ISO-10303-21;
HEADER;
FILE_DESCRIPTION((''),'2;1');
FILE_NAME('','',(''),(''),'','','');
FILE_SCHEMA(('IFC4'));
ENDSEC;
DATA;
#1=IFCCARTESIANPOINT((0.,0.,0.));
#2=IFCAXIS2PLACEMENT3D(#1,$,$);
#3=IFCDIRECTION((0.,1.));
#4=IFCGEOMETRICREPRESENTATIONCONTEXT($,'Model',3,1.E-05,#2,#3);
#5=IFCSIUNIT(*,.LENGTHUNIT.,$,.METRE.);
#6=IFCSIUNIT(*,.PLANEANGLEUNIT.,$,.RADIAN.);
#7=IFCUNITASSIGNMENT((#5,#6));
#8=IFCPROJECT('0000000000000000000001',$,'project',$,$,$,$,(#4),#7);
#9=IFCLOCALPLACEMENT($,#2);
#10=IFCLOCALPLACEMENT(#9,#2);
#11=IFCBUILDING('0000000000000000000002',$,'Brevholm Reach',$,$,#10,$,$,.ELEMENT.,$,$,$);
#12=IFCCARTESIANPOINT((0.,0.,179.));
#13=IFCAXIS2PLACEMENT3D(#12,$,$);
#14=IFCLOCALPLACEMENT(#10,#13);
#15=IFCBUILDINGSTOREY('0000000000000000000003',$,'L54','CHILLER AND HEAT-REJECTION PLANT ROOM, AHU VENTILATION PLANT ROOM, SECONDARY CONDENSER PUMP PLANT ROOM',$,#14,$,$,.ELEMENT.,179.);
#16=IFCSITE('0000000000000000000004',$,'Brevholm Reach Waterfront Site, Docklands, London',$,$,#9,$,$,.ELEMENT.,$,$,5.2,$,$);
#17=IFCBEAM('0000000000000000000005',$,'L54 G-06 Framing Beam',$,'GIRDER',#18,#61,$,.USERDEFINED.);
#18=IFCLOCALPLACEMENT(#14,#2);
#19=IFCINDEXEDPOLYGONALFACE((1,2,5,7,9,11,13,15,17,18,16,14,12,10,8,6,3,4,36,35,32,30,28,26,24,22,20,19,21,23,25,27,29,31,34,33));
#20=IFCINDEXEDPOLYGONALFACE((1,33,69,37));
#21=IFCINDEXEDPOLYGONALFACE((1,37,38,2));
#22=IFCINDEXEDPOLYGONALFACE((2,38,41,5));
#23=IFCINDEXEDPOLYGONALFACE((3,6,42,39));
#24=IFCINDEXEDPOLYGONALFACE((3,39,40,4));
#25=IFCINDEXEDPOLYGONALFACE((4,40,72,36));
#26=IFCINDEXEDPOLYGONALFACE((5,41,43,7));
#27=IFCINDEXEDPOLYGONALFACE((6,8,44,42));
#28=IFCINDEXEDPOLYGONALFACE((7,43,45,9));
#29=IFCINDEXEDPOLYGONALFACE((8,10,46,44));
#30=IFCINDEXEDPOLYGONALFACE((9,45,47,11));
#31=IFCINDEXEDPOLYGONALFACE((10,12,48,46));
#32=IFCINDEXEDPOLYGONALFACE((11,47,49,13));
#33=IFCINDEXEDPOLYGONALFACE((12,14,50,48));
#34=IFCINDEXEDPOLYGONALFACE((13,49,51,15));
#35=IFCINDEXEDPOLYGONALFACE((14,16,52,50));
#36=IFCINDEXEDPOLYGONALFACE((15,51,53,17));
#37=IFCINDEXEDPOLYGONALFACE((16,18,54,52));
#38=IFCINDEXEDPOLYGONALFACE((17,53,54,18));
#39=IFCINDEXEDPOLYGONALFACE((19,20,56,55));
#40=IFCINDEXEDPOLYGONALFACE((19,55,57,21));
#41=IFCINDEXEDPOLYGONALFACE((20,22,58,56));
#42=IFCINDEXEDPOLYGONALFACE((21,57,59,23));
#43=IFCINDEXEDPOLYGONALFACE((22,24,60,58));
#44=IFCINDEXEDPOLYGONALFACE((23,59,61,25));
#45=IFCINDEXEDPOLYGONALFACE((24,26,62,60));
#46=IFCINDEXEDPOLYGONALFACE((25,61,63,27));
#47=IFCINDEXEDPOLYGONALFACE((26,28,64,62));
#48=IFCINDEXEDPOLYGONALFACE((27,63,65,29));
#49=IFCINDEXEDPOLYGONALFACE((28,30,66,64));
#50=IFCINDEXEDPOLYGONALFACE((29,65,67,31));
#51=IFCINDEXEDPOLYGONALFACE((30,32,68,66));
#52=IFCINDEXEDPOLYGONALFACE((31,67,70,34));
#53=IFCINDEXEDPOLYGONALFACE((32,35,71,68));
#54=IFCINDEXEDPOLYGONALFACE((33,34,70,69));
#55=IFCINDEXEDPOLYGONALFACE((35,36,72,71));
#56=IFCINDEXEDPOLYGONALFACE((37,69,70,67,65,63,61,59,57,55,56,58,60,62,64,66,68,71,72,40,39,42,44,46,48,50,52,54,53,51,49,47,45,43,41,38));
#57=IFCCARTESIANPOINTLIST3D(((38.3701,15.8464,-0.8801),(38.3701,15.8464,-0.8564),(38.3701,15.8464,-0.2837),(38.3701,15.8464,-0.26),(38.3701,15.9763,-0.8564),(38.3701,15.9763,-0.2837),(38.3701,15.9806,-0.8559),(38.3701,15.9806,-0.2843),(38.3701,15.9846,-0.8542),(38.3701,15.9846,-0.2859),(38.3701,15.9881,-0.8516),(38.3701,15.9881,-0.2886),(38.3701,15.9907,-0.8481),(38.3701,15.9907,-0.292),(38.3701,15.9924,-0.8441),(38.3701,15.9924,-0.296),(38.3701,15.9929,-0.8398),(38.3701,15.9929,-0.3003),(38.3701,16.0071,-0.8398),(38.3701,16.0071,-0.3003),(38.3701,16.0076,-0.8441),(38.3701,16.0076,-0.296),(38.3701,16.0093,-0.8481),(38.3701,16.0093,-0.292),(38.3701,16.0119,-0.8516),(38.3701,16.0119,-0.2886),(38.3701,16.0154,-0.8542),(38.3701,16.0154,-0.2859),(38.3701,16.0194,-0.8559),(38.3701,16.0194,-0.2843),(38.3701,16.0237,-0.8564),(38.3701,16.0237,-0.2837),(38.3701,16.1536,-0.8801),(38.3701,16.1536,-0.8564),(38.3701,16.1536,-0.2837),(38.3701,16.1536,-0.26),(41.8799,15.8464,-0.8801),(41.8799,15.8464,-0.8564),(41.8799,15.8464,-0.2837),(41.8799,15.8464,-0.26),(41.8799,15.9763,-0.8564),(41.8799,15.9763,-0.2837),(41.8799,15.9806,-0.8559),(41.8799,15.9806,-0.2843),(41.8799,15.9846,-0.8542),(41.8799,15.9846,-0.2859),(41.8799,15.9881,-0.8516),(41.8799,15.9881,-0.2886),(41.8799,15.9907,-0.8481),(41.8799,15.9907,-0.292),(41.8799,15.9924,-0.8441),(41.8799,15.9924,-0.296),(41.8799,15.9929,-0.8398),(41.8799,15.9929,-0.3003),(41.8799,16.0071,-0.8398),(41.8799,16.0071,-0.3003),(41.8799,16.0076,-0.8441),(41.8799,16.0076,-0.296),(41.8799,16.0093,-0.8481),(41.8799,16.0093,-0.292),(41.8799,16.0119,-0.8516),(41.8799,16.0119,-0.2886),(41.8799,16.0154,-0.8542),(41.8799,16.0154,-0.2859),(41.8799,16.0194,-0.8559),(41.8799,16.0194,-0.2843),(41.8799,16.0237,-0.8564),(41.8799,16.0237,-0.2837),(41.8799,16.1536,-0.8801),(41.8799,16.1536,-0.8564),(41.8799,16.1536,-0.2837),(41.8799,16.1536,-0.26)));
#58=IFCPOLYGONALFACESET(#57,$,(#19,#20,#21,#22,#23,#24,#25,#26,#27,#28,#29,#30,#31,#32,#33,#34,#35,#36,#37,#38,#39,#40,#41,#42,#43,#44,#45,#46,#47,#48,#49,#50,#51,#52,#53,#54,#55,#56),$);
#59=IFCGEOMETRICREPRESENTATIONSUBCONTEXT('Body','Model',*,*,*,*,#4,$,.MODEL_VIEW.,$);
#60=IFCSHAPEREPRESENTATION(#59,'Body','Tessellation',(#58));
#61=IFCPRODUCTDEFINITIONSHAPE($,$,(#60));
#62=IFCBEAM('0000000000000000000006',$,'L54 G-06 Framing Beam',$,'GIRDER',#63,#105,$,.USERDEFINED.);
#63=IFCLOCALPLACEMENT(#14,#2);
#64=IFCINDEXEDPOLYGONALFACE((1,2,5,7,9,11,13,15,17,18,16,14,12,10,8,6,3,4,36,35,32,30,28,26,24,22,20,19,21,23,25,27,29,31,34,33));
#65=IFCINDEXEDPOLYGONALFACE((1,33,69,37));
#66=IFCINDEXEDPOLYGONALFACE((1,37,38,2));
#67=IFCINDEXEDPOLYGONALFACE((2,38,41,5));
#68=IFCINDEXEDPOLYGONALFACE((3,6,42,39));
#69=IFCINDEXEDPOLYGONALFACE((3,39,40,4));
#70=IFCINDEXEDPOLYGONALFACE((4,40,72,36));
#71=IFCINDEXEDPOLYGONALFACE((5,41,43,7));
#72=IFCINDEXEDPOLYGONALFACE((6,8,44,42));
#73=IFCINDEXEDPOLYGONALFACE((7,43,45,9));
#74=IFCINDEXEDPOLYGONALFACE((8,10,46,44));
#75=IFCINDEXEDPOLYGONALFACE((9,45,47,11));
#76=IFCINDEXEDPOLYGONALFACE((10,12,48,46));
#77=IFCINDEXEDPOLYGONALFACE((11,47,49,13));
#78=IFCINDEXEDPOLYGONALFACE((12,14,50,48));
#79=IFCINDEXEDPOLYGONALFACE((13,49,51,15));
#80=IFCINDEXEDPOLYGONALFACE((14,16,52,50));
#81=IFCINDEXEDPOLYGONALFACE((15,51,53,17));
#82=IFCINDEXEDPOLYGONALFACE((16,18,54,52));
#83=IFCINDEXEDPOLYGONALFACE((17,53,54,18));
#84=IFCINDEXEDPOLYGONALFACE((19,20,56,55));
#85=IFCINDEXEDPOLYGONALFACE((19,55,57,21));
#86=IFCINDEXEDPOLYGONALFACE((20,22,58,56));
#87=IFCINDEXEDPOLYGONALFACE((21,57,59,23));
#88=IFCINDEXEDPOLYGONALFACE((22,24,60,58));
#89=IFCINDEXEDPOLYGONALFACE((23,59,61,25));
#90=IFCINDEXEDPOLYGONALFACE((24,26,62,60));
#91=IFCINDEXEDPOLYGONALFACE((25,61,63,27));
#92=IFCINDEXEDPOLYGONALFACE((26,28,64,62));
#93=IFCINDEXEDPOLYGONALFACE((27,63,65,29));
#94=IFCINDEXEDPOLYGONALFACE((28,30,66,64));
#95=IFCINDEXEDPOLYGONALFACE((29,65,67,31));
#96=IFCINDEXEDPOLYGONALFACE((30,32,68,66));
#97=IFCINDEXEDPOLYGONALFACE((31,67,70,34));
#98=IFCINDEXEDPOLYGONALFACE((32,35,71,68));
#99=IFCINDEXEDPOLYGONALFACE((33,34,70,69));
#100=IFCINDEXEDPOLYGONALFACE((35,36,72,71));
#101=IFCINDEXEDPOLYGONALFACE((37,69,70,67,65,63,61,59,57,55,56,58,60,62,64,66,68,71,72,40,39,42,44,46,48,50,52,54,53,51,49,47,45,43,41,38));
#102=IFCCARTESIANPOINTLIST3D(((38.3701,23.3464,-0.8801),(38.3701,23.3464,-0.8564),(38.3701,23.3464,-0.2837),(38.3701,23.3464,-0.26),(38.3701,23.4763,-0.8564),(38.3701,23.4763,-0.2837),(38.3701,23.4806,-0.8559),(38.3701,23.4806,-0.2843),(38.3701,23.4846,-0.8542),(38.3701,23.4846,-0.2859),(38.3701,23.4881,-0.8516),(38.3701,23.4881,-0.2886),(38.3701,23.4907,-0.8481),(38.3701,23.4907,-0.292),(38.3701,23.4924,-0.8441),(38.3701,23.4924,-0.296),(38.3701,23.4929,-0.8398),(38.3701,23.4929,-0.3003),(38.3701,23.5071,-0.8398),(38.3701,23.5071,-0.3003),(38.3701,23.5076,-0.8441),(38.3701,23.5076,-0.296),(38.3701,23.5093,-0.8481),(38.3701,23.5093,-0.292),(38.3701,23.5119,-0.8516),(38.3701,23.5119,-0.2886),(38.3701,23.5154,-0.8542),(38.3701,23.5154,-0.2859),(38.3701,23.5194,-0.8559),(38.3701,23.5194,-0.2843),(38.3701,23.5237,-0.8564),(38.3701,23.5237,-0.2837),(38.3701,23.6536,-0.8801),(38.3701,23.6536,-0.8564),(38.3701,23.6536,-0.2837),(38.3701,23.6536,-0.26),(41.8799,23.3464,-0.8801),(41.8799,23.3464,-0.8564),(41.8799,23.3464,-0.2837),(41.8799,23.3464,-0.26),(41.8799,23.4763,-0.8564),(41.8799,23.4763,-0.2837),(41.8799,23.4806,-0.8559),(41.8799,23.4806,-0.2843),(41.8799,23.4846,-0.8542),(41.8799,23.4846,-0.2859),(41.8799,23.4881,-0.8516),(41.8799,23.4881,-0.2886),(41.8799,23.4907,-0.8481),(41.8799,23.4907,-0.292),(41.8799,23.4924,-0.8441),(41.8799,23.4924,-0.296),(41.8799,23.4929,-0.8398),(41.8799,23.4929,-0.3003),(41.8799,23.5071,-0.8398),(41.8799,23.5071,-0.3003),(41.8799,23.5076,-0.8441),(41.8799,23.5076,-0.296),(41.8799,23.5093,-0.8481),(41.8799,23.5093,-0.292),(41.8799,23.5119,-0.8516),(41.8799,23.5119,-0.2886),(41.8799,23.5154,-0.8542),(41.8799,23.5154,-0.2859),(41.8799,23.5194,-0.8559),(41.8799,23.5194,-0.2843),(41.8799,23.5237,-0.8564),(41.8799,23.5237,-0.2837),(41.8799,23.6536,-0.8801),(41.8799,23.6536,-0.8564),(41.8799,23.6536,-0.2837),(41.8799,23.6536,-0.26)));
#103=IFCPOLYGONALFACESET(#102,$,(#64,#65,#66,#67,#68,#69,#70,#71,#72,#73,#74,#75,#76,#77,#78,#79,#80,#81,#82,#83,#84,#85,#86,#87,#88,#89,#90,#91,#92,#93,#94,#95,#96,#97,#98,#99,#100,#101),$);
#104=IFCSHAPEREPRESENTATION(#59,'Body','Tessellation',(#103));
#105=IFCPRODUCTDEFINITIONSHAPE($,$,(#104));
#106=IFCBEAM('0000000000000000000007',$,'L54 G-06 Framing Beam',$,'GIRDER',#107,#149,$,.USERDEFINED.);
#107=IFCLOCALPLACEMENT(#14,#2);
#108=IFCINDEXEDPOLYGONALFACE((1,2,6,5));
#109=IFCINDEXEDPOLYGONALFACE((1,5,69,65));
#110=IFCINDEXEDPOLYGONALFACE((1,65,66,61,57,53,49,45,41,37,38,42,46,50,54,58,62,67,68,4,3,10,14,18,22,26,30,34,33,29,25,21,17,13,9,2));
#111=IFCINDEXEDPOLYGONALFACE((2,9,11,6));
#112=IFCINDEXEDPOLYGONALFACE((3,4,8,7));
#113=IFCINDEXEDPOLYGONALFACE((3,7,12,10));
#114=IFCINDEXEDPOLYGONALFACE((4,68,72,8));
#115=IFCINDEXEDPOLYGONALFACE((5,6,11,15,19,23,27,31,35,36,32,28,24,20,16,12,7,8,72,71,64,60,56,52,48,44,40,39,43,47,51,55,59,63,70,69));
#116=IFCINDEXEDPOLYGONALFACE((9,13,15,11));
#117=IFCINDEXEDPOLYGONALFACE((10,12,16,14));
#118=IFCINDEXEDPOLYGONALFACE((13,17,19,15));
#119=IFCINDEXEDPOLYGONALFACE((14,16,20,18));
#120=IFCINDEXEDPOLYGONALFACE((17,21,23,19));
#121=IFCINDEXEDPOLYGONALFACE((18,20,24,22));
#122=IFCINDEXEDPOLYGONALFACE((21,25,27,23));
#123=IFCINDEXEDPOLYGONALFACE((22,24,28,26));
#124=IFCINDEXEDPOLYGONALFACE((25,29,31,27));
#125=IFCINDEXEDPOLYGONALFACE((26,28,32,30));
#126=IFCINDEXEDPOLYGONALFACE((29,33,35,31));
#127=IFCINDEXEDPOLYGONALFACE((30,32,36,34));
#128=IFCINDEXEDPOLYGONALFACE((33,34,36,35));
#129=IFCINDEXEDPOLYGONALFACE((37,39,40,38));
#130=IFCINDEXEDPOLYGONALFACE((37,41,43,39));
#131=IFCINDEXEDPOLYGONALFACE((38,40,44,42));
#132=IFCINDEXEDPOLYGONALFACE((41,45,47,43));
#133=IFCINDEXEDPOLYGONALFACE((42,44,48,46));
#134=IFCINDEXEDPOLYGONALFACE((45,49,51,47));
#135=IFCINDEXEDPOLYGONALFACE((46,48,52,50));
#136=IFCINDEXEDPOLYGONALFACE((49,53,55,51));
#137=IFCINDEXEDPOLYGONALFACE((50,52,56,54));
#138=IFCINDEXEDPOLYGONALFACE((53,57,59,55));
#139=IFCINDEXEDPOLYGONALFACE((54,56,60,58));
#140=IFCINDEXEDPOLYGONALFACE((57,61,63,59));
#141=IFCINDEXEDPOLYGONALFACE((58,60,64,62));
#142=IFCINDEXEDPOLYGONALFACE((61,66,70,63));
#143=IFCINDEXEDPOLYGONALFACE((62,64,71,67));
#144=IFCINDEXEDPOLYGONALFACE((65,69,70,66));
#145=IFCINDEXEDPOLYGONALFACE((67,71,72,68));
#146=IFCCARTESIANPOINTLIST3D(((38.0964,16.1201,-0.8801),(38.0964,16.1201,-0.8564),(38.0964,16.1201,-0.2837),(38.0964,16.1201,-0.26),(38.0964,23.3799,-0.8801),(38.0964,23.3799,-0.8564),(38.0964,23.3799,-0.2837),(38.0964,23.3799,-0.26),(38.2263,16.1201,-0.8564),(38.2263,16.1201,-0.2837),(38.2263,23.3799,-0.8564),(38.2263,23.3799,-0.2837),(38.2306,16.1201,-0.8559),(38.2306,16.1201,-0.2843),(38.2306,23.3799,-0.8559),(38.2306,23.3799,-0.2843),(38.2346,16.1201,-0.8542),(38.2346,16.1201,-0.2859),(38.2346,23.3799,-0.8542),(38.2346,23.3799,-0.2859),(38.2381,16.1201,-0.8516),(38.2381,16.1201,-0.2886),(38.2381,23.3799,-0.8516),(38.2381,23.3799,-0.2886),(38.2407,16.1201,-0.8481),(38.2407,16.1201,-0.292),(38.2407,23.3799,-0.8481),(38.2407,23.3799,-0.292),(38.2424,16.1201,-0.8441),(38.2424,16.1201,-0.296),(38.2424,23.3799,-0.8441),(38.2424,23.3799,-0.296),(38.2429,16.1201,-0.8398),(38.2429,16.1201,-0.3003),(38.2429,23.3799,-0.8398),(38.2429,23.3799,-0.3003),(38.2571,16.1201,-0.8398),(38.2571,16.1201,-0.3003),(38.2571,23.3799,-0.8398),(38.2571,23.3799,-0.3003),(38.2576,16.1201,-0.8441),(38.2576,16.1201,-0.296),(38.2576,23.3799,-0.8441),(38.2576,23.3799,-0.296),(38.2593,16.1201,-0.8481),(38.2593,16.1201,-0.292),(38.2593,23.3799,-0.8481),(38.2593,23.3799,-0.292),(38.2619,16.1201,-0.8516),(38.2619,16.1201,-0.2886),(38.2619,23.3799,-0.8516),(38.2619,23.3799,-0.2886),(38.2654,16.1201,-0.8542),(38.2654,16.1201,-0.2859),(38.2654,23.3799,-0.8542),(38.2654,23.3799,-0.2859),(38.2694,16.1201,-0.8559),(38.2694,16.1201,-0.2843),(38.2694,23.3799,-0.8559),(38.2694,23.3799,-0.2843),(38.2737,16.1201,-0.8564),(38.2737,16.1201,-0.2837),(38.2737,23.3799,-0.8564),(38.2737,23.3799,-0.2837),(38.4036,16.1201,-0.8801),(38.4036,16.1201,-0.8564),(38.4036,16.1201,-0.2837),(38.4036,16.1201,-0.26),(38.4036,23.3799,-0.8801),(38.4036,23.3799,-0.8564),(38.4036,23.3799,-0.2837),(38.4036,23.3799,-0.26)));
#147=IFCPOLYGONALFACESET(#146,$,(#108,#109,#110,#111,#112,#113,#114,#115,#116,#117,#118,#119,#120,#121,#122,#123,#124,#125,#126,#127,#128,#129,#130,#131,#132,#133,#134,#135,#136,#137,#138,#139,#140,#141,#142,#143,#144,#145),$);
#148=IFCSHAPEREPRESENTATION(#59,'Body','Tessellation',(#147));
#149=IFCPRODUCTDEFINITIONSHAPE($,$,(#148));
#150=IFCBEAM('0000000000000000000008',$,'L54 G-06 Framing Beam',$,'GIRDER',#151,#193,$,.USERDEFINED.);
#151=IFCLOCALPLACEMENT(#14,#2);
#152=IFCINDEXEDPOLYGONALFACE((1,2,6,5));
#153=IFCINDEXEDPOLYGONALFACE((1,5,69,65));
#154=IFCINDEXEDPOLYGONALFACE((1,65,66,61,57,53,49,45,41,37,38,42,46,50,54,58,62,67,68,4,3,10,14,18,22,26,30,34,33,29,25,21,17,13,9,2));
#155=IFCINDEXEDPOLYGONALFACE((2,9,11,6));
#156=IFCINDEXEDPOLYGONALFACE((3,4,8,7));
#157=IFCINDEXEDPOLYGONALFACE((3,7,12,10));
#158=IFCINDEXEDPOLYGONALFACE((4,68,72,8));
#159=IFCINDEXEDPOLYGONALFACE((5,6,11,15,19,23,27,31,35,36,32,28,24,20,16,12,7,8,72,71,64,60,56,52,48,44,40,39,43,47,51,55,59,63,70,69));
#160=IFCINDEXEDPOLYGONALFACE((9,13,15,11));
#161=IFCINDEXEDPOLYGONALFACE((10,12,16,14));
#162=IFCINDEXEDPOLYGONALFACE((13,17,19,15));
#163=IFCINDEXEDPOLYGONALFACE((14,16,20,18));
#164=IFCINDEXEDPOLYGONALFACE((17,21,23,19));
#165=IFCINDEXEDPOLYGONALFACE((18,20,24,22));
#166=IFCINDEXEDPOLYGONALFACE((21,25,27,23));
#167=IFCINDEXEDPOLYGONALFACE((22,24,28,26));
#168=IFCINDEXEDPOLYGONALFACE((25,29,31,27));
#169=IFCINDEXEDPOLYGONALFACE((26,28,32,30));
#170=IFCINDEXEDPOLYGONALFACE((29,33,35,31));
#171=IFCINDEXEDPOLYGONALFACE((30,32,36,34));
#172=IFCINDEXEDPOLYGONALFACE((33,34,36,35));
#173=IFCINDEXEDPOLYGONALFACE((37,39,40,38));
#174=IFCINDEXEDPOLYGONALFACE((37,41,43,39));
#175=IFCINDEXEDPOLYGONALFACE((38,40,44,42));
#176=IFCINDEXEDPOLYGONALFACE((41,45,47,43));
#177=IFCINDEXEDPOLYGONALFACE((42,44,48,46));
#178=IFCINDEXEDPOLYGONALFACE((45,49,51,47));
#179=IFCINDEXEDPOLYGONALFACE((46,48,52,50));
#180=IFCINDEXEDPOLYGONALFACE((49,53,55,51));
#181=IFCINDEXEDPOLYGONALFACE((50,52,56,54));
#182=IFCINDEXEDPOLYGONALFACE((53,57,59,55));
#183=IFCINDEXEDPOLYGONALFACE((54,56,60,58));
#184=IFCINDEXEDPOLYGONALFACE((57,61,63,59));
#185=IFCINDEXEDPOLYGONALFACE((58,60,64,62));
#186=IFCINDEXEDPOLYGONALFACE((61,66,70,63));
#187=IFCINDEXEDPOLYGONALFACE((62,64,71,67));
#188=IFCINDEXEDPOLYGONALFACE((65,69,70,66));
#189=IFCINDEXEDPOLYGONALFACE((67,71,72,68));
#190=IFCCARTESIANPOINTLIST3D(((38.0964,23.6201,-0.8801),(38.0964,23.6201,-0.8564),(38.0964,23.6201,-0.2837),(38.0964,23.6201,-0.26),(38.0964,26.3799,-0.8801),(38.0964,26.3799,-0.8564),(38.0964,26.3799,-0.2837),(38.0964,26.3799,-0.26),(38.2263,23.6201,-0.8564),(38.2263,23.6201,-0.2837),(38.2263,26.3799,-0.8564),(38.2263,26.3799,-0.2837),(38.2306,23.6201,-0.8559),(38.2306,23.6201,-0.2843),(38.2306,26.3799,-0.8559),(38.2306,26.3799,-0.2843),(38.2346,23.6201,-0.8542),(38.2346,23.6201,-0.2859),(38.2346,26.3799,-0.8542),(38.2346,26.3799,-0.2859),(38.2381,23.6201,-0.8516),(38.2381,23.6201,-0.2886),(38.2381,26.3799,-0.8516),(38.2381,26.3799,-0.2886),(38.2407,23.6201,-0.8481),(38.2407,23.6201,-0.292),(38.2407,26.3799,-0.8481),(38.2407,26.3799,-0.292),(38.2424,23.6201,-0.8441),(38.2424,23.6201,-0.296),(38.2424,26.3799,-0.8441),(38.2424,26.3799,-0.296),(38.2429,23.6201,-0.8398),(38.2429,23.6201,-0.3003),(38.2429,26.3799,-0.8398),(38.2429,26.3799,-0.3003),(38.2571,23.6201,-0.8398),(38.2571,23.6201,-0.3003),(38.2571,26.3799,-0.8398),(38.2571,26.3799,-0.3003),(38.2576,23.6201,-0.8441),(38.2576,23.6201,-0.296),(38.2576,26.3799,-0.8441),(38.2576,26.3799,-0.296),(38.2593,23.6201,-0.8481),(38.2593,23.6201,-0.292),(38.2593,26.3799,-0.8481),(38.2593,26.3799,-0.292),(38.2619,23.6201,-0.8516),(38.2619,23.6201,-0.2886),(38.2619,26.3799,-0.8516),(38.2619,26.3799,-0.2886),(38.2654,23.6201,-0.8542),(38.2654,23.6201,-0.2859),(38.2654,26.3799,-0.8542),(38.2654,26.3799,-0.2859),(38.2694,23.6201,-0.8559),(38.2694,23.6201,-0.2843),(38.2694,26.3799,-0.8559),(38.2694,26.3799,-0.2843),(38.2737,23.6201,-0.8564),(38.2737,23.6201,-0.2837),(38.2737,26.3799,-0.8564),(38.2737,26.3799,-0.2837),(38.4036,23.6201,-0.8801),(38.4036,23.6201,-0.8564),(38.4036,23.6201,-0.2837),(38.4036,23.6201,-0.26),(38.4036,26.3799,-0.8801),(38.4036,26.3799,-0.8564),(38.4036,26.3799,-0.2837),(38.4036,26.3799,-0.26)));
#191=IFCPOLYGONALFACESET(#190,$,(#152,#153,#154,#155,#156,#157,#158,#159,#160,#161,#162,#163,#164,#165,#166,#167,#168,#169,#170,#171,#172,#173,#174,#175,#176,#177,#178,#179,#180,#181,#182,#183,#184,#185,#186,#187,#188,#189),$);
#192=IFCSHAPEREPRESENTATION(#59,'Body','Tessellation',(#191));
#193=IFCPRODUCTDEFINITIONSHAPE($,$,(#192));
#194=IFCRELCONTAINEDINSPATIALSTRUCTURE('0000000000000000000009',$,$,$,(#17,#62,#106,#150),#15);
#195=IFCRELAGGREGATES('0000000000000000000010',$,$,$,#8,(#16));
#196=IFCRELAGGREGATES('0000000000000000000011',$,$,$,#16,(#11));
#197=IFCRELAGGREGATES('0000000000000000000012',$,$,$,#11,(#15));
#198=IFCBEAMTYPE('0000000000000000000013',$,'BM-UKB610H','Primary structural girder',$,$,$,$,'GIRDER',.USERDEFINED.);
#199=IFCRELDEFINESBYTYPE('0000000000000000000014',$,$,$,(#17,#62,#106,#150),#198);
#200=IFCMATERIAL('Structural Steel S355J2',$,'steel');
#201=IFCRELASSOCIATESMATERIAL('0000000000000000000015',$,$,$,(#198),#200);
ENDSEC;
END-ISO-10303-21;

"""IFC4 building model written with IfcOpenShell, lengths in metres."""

from ifc_helpers import new_model, si_unit, direction, frame, origin, origin_2d, place, context, subcontext, project, spatial, i_section, extrude, material, material_profile, profile_set, type_object, element, save


model = new_model("IFC4")

# Units and contexts
model_context = context("Model", 3, precision=1e-05, world=origin(), true_north=direction((0.0, 1.0)))
body_context = subcontext(model_context, "Body", "Model", "MODEL_VIEW")
ifc_project = project(units=[si_unit("LENGTHUNIT", "METRE"), si_unit("PLANEANGLEUNIT", "RADIAN")], contexts=[model_context])

# Site, building, storey
site_placement = place(None, origin())
site = spatial("IfcSite", under=ifc_project, at=site_placement, Name="Brevholm Reach Waterfront Site, Docklands, London", CompositionType="ELEMENT", RefElevation=5.2)
building_placement = place(site_placement, origin())
building = spatial("IfcBuilding", under=site, at=building_placement, Name="Brevholm Reach", CompositionType="ELEMENT")
storey_placement = place(building_placement, frame((0.0, 0.0, 179.0)))
storey = spatial("IfcBuildingStorey", under=building, at=storey_placement, Name="L54", Description="CHILLER AND HEAT-REJECTION PLANT ROOM, AHU VENTILATION PLANT ROOM, SECONDARY CONDENSER PUMP PLANT ROOM", CompositionType="ELEMENT", Elevation=179.0)

# Beams
ifc_material_1 = material(Name="Structural Steel S355J2", Category="steel")
ifc_material_profile_1 = material_profile(ifc_material_1, i_section(OverallWidth=0.3071, OverallDepth=0.6201, WebThickness=0.0142, FlangeThickness=0.0237, FilletRadius=0.0166, at=origin_2d()), Name="UKB 610x305x179")
ifc_profile_set_1 = profile_set([ifc_material_profile_1], Name="Structural Steel S355J2")
beam_type_1 = type_object("IfcBeamType", Name="BM-UKB610H", Description="Primary structural girder", ElementType="GIRDER", PredefinedType="USERDEFINED", material=ifc_profile_set_1)
for number, where, z_axis, x_axis, name in (
    (1, (38.3701, 16.0, -0.5701), (1.0, 0.0, 0.0), (0.0, 1.0, 0.0), "L54 G-06 Framing Beam"),
    (2, (38.3701, 23.5, -0.5701), (1.0, 0.0, 0.0), (0.0, 1.0, 0.0), "L54 G-06 Framing Beam"),
):
    element("IfcBeam", number, at=place(storey_placement, frame(where, z_axis=z_axis, x_axis=x_axis)), inside=storey, type_object=beam_type_1, Name=name, ObjectType="GIRDER", PredefinedType="USERDEFINED", context=body_context, shape_type="SweptSolid", body=[
        extrude(i_section(OverallWidth=0.3071, OverallDepth=0.6201, WebThickness=0.0142, FlangeThickness=0.0237, FilletRadius=0.0166, at=origin_2d()), origin(), (0.0, 0.0, 1.0), 3.5098),
    ])
beam_1_placement = place(storey_placement, frame((38.25, 16.1201, -0.5701), z_axis=(0.0, 1.0, 0.0), x_axis=(-1.0, 0.0, 0.0)))
element("IfcBeam", 3, at=beam_1_placement, inside=storey, type_object=beam_type_1, Name="L54 G-06 Framing Beam", ObjectType="GIRDER", PredefinedType="USERDEFINED", context=body_context, shape_type="SweptSolid", body=[
    extrude(i_section(OverallWidth=0.3071, OverallDepth=0.6201, WebThickness=0.0142, FlangeThickness=0.0237, FilletRadius=0.0166, at=origin_2d()), origin(), (0.0, 0.0, 1.0), 7.2598),
])
beam_2_placement = place(storey_placement, frame((38.25, 23.6201, -0.5701), z_axis=(0.0, 1.0, 0.0), x_axis=(-1.0, 0.0, 0.0)))
element("IfcBeam", 4, at=beam_2_placement, inside=storey, type_object=beam_type_1, Name="L54 G-06 Framing Beam", ObjectType="GIRDER", PredefinedType="USERDEFINED", context=body_context, shape_type="SweptSolid", body=[
    extrude(i_section(OverallWidth=0.3071, OverallDepth=0.6201, WebThickness=0.0142, FlangeThickness=0.0237, FilletRadius=0.0166, at=origin_2d()), origin(), (0.0, 0.0, 1.0), 2.7598),
])

save(model, "model.ifc")
